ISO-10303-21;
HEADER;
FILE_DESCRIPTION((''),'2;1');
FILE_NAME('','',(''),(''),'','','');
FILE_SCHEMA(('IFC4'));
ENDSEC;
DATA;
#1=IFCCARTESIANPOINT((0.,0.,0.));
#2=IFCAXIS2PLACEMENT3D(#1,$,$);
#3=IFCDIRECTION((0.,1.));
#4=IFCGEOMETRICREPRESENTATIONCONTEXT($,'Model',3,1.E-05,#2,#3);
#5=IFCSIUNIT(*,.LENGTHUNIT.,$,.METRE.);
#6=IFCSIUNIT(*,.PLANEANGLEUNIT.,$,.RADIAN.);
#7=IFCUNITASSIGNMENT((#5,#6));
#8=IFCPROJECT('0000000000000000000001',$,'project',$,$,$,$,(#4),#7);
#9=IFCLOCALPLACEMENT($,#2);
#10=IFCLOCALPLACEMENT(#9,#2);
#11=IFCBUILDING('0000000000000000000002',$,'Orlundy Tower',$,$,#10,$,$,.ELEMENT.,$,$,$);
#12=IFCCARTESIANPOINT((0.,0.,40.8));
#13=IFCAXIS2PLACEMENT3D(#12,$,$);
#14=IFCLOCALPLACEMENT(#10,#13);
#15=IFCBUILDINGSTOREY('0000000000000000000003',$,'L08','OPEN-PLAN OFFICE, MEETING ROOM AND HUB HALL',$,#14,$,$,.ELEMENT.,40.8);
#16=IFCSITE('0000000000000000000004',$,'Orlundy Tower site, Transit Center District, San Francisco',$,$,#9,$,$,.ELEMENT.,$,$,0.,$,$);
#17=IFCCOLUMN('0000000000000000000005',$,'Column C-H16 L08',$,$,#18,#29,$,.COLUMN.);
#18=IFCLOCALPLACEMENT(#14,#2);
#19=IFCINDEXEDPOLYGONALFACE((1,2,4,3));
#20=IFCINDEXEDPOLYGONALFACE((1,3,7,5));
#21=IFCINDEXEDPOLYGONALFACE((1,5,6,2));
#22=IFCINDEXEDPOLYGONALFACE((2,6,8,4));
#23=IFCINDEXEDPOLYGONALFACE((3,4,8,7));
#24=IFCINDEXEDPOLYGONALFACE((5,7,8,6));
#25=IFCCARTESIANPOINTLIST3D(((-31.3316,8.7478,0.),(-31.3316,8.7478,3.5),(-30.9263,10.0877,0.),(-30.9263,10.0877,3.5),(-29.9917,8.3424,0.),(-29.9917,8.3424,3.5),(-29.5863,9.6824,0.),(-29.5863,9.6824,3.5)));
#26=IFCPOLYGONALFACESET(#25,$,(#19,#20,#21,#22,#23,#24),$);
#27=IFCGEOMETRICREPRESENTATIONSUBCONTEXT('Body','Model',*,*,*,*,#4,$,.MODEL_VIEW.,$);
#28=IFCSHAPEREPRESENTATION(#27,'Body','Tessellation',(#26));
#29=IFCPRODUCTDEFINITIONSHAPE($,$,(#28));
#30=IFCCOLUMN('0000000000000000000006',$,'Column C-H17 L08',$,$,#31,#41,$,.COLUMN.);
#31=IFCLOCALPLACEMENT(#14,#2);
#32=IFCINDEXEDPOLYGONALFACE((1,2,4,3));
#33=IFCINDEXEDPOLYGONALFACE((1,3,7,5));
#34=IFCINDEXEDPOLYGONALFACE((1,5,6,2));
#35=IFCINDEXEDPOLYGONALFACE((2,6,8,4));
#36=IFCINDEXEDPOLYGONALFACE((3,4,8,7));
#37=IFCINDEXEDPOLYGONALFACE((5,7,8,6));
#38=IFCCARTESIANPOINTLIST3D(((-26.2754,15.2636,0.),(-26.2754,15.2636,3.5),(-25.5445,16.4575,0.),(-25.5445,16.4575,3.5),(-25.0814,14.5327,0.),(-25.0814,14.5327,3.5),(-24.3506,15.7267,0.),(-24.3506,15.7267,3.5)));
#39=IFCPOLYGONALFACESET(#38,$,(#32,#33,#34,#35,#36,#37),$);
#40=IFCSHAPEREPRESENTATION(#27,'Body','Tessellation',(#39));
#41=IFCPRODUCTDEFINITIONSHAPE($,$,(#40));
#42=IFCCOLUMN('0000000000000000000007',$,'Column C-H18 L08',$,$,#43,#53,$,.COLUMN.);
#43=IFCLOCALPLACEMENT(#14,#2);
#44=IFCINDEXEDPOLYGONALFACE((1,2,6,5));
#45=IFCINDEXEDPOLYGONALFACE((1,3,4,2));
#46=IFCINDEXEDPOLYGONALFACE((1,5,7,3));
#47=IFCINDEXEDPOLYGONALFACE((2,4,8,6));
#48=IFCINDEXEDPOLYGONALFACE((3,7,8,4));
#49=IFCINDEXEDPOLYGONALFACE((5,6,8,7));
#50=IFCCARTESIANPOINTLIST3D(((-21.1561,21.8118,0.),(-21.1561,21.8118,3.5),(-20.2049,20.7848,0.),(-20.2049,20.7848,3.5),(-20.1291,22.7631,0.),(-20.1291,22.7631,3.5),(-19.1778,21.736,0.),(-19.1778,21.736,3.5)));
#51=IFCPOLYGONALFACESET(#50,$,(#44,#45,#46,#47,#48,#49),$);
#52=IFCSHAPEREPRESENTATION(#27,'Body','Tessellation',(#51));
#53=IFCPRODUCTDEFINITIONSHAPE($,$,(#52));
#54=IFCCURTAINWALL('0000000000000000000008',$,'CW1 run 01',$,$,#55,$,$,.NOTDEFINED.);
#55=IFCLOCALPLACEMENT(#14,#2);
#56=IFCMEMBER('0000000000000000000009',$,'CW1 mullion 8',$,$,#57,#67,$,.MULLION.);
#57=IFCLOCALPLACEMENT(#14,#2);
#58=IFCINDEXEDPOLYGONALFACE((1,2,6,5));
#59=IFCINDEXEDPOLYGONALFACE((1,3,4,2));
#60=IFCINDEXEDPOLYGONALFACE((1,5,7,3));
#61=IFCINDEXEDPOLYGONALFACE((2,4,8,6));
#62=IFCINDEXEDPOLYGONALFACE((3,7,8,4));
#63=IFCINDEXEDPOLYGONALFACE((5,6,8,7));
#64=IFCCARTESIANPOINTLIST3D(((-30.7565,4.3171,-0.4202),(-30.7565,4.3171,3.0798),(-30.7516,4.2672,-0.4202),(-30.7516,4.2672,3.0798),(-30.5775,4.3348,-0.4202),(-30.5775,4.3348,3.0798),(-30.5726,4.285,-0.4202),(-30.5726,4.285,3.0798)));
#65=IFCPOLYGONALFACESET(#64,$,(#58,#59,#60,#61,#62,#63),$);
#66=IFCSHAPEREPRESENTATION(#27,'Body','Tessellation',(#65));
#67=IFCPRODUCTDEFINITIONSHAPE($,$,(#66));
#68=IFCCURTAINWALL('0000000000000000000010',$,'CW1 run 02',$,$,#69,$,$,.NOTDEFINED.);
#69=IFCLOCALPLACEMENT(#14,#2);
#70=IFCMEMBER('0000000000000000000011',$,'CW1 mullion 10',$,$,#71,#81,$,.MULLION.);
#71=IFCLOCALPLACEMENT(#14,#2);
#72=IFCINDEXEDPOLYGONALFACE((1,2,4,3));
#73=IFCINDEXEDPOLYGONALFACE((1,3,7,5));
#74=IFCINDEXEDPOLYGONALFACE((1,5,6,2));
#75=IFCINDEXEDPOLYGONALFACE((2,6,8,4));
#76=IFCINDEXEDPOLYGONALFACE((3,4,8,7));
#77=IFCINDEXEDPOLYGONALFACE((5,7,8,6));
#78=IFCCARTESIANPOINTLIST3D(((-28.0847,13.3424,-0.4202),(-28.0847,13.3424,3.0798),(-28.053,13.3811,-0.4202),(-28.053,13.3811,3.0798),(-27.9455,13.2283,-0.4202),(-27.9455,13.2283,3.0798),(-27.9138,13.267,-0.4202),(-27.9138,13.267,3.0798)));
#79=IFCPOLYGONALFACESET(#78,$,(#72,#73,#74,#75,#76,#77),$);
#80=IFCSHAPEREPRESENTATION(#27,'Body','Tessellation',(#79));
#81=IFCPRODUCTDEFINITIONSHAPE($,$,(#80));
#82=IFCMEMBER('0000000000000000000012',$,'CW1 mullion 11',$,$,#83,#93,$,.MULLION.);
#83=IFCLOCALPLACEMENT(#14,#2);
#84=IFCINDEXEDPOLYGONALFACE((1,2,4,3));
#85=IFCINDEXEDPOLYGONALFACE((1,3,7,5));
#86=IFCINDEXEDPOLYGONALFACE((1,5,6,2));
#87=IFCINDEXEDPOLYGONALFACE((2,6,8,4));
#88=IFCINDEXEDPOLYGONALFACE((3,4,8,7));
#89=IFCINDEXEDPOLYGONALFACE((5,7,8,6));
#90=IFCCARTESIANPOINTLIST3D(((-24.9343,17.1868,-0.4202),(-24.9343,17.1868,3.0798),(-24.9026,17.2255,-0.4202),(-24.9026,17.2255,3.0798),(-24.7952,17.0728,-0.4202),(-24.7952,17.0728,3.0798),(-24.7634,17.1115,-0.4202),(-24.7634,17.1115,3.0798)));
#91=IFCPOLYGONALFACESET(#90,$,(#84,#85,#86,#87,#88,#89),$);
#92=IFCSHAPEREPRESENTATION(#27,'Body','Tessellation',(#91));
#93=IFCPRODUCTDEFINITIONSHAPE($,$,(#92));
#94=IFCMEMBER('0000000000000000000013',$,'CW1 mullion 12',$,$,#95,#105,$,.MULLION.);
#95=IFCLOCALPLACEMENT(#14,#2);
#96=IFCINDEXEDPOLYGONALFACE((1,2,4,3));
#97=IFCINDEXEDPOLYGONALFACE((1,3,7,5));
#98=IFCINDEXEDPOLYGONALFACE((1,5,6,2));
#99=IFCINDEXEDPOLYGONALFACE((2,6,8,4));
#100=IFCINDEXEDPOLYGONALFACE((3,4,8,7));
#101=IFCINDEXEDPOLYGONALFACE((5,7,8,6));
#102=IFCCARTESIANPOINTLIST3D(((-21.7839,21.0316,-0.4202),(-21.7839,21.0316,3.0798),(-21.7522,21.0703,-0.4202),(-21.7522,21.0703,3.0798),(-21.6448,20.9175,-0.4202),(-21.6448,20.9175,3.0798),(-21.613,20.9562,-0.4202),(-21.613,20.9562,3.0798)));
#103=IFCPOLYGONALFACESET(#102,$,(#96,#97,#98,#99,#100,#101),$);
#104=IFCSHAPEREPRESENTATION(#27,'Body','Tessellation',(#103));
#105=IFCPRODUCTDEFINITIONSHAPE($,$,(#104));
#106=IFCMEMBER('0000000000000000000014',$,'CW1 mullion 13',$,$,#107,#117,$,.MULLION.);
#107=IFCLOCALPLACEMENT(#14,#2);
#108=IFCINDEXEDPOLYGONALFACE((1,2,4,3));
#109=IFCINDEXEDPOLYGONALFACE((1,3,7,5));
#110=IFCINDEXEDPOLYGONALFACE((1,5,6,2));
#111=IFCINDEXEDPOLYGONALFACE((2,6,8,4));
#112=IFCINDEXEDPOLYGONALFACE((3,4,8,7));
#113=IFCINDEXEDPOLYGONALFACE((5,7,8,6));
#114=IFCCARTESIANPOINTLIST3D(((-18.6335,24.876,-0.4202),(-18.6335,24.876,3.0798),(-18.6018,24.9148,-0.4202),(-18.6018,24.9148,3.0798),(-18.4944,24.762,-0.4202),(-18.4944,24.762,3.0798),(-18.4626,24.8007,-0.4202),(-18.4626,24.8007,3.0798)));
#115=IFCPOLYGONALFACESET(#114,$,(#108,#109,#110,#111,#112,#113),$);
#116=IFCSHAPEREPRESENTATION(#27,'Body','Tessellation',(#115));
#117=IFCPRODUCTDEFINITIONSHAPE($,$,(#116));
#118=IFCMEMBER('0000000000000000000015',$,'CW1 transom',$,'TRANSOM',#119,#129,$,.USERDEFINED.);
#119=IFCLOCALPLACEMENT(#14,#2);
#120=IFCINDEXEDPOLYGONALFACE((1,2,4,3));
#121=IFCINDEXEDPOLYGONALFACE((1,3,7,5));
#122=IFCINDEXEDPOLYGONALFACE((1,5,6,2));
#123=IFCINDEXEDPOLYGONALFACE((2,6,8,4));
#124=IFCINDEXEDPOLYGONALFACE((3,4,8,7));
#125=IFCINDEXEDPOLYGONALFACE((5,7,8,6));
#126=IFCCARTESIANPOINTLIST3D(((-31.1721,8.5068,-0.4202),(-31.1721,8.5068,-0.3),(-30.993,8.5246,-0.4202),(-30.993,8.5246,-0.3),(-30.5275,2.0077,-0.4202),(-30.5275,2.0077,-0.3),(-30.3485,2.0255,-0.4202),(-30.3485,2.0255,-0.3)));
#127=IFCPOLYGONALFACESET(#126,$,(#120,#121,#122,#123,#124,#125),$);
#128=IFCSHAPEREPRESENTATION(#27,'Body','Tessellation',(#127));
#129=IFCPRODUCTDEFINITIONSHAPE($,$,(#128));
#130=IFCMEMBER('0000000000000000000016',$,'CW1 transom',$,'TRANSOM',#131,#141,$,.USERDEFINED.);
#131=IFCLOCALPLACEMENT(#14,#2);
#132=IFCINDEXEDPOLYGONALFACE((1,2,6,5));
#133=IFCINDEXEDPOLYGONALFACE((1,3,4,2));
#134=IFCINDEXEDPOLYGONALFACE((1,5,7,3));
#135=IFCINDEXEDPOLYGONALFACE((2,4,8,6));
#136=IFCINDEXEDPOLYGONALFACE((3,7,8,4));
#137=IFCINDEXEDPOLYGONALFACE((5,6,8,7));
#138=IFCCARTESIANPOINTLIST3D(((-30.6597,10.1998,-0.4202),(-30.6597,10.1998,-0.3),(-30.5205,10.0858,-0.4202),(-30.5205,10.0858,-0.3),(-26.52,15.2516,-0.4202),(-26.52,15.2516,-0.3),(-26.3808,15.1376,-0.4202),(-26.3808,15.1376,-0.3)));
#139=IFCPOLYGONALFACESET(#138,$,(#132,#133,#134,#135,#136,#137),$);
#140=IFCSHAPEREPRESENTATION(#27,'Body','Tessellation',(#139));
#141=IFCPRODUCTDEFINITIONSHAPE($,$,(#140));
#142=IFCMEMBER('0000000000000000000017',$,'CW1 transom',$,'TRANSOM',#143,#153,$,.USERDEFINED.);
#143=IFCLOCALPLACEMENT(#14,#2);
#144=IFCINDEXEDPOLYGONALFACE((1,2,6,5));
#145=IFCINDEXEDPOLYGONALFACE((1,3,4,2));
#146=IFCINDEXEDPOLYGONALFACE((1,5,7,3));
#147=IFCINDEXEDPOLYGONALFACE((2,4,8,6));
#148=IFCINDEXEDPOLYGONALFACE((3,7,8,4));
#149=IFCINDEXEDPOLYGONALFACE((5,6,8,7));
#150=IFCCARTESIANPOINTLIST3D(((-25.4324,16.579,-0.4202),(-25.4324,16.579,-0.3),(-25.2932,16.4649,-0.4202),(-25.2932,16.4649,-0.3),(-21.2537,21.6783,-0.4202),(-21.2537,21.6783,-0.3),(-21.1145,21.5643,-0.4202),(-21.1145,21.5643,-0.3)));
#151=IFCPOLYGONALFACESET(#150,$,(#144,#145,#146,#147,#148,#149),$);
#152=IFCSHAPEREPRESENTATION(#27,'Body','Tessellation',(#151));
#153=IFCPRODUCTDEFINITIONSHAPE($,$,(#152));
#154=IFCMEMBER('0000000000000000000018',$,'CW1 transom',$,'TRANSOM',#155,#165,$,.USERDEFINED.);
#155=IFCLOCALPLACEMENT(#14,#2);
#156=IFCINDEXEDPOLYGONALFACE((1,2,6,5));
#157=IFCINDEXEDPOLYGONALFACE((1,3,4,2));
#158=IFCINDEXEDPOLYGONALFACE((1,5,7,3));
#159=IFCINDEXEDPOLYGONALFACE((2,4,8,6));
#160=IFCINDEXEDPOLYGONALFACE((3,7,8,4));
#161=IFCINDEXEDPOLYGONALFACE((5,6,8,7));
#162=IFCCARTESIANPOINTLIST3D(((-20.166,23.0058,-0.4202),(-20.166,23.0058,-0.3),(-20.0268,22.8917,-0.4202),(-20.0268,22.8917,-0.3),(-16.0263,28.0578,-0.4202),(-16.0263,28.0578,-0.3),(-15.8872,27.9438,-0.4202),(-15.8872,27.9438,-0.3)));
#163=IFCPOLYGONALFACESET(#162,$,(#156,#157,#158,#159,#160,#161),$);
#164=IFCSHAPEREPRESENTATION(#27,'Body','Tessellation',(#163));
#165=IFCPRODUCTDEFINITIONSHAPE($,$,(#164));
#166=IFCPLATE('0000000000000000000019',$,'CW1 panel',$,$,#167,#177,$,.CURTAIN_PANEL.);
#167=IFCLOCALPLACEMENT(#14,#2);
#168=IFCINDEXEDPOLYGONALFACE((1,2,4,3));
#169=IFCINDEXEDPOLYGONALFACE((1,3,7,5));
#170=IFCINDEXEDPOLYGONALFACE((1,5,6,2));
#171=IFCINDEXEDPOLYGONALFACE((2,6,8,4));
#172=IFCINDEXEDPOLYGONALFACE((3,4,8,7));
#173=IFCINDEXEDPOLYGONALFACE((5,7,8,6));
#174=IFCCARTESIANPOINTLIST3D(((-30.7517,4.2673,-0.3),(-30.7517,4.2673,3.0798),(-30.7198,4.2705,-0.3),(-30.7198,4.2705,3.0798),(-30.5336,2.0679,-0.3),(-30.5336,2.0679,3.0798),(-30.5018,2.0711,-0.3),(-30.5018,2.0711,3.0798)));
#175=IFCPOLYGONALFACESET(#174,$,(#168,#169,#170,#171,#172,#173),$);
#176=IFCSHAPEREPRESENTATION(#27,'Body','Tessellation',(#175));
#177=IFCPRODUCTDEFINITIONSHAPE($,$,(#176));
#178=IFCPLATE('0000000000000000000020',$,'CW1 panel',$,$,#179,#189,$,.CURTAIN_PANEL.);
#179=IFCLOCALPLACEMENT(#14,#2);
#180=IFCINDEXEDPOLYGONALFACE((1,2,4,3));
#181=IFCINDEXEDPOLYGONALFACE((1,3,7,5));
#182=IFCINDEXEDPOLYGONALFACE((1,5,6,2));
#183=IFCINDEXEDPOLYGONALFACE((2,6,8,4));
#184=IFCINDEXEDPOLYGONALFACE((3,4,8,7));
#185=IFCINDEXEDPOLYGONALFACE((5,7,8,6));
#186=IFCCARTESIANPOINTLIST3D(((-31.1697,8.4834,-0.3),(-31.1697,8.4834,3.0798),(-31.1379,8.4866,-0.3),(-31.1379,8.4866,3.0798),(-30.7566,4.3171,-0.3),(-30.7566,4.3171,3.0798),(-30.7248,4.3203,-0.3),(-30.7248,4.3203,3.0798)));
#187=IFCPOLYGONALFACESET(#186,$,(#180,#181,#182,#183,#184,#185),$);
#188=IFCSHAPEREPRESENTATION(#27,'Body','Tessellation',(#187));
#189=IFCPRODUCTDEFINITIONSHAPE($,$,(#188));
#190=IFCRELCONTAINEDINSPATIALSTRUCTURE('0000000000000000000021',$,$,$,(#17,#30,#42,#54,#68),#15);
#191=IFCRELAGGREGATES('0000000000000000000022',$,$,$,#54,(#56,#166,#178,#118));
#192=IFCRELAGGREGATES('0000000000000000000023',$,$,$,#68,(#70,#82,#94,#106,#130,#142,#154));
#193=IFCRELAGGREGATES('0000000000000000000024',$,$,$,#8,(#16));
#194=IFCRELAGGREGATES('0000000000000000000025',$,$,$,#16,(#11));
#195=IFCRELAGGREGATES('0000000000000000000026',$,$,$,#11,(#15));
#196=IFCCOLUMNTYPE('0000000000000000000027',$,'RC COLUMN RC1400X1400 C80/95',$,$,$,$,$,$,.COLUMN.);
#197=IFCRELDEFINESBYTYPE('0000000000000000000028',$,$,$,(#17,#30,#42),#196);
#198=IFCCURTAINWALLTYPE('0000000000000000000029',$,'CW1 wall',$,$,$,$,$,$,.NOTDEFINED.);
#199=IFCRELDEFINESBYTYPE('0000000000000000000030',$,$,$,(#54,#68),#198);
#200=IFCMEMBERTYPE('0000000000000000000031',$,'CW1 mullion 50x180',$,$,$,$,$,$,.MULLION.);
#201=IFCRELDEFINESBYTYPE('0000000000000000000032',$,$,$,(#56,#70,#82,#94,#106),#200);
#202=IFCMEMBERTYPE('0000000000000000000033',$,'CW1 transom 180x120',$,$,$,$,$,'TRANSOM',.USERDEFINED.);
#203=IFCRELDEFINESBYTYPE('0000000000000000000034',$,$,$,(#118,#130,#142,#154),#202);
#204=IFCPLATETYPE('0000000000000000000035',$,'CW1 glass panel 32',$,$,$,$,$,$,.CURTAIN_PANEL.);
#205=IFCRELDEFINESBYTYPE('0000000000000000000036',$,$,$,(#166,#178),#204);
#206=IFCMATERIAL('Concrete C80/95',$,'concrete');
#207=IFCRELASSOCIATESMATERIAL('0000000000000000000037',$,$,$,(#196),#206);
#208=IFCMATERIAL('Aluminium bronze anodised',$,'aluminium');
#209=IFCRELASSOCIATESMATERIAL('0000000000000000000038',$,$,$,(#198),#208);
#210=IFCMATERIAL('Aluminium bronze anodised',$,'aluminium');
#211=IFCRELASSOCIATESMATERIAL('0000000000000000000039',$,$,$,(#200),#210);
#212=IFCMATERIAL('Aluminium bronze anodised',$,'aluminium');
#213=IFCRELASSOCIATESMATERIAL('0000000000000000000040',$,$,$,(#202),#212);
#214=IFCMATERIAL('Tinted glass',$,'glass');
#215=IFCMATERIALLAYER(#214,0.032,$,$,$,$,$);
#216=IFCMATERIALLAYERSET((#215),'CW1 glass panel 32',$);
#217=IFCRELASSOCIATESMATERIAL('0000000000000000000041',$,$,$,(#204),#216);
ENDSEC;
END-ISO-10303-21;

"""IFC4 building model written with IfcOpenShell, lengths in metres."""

from ifc_helpers import new_model, si_unit, direction, frame, origin, origin_2d, place, context, subcontext, project, spatial, rectangle, extrude, material, layer, layer_set, material_profile, profile_set, type_object, element, aggregate, save


model = new_model("IFC4")

# Units and contexts
model_context = context("Model", 3, precision=1e-05, world=origin(), true_north=direction((0.0, 1.0)))
body_context = subcontext(model_context, "Body", "Model", "MODEL_VIEW")
ifc_project = project(units=[si_unit("LENGTHUNIT", "METRE"), si_unit("PLANEANGLEUNIT", "RADIAN")], contexts=[model_context])

# Site, building, storey
site_placement = place(None, origin())
site = spatial("IfcSite", under=ifc_project, at=site_placement, Name="Orlundy Tower site, Transit Center District, San Francisco", CompositionType="ELEMENT", RefElevation=0.0)
building_placement = place(site_placement, origin())
building = spatial("IfcBuilding", under=site, at=building_placement, Name="Orlundy Tower", CompositionType="ELEMENT")
storey_placement = place(building_placement, frame((0.0, 0.0, 40.8)))
storey = spatial("IfcBuildingStorey", under=building, at=storey_placement, Name="L08", Description="OPEN-PLAN OFFICE, MEETING ROOM AND HUB HALL", CompositionType="ELEMENT", Elevation=40.8)

# Columns
ifc_material_1 = material(Name="Concrete C80/95", Category="concrete")
ifc_material_profile_1 = material_profile(ifc_material_1, rectangle(XDim=1.3999, YDim=1.3999, at=origin_2d()), Name="RC1400X1400")
ifc_profile_set_1 = profile_set([ifc_material_profile_1], Name="Concrete C80/95")
column_type = type_object("IfcColumnType", Name="RC COLUMN RC1400X1400 C80/95", PredefinedType="COLUMN", material=ifc_profile_set_1)
for number, where, z_axis, x_axis, name in (
    (1, (-30.459, 9.2151, 0.0), (0.0, 0.0, 1.0), (-0.957153, 0.289583, 0.0), "Column C-H16 L08"),
    (2, (-25.313, 15.4951, 0.0), (0.0, 0.0, 1.0), (-0.852895, 0.522082, 0.0), "Column C-H17 L08"),
    (3, (-20.167, 21.7739, 0.0), (0.0, 0.0, 1.0), (-0.679518, 0.733659, 0.0), "Column C-H18 L08"),
):
    element("IfcColumn", number, at=place(storey_placement, frame(where, z_axis=z_axis, x_axis=x_axis)), inside=storey, type_object=column_type, Name=name, PredefinedType="COLUMN", context=body_context, shape_type="SweptSolid", body=[
        extrude(rectangle(XDim=1.3999, YDim=1.3999, at=origin_2d()), origin(), (0.0, 0.0, 1.0), 3.5),
    ])

# Curtain wall, member
ifc_material_2 = material(Name="Aluminium bronze anodised", Category="aluminium")
curtain_wall_type = type_object("IfcCurtainWallType", Name="CW1 wall", PredefinedType="NOTDEFINED", material=ifc_material_2)
curtain_wall_1_placement = place(storey_placement, origin())
curtain_wall_1 = element("IfcCurtainWall", 4, at=curtain_wall_1_placement, inside=storey, type_object=curtain_wall_type, Name="CW1 run 01", PredefinedType="NOTDEFINED")
ifc_material_3 = material(Name="Aluminium bronze anodised", Category="aluminium")
ifc_material_profile_2 = material_profile(ifc_material_3, rectangle(XDim=0.1799, YDim=0.05, at=origin_2d()), Name="CW1 mullion 50x180")
ifc_profile_set_2 = profile_set([ifc_material_profile_2], Name="Aluminium bronze anodised")
member_type_1 = type_object("IfcMemberType", Name="CW1 mullion 50x180", PredefinedType="MULLION", material=ifc_profile_set_2)
member_1_placement = place(storey_placement, frame((-30.6646, 4.301, -0.4202), z_axis=(0.0, 0.0, 1.0), x_axis=(-0.99512, -0.098672, 0.0)))
member_1 = element("IfcMember", 5, at=member_1_placement, type_object=member_type_1, Name="CW1 mullion 8", PredefinedType="MULLION", context=body_context, shape_type="SweptSolid", body=[
    extrude(rectangle(XDim=0.1799, YDim=0.05, at=origin_2d()), origin(), (0.0, 0.0, 1.0), 3.5),
])

# Curtain wall, members
curtain_wall_2_placement = place(storey_placement, origin())
curtain_wall_2 = element("IfcCurtainWall", 6, at=curtain_wall_2_placement, inside=storey, type_object=curtain_wall_type, Name="CW1 run 02", PredefinedType="NOTDEFINED")
member_2_placement = place(storey_placement, frame((-27.9993, 13.3047, -0.4202), z_axis=(0.0, 0.0, 1.0), x_axis=(-0.773482, 0.633818, 0.0)))
member_2 = element("IfcMember", 7, at=member_2_placement, type_object=member_type_1, Name="CW1 mullion 10", PredefinedType="MULLION", context=body_context, shape_type="SweptSolid", body=[
    extrude(rectangle(XDim=0.1799, YDim=0.05, at=origin_2d()), origin(), (0.0, 0.0, 1.0), 3.5),
])
member_3_placement = place(storey_placement, frame((-24.8489, 17.1492, -0.4202), z_axis=(0.0, 0.0, 1.0), x_axis=(-0.773482, 0.633818, 0.0)))
member_3 = element("IfcMember", 8, at=member_3_placement, type_object=member_type_1, Name="CW1 mullion 11", PredefinedType="MULLION", context=body_context, shape_type="SweptSolid", body=[
    extrude(rectangle(XDim=0.1799, YDim=0.05, at=origin_2d()), origin(), (0.0, 0.0, 1.0), 3.5),
])
member_4_placement = place(storey_placement, frame((-21.6985, 20.9939, -0.4202), z_axis=(0.0, 0.0, 1.0), x_axis=(-0.773482, 0.633818, 0.0)))
member_4 = element("IfcMember", 9, at=member_4_placement, type_object=member_type_1, Name="CW1 mullion 12", PredefinedType="MULLION", context=body_context, shape_type="SweptSolid", body=[
    extrude(rectangle(XDim=0.1799, YDim=0.05, at=origin_2d()), origin(), (0.0, 0.0, 1.0), 3.5),
])
member_5_placement = place(storey_placement, frame((-18.5481, 24.8384, -0.4202), z_axis=(0.0, 0.0, 1.0), x_axis=(-0.773482, 0.633818, 0.0)))
member_5 = element("IfcMember", 10, at=member_5_placement, type_object=member_type_1, Name="CW1 mullion 13", PredefinedType="MULLION", context=body_context, shape_type="SweptSolid", body=[
    extrude(rectangle(XDim=0.1799, YDim=0.05, at=origin_2d()), origin(), (0.0, 0.0, 1.0), 3.5),
])

# Members
ifc_material_4 = material(Name="Aluminium bronze anodised", Category="aluminium")
ifc_material_profile_3 = material_profile(ifc_material_4, rectangle(XDim=0.1799, YDim=0.1201, at=origin_2d()), Name="CW1 transom 180x120")
ifc_profile_set_3 = profile_set([ifc_material_profile_3], Name="Aluminium bronze anodised")
member_type_2 = type_object("IfcMemberType", Name="CW1 transom 180x120", ElementType="TRANSOM", PredefinedType="USERDEFINED", material=ifc_profile_set_3)
member_6_placement = place(storey_placement, frame((-30.438, 2.0166, -0.3601), z_axis=(-0.098689, 0.995118, 0.0), x_axis=(-0.995118, -0.098689, 0.0)))
member_6 = element("IfcMember", 11, at=member_6_placement, type_object=member_type_2, Name="CW1 transom", ObjectType="TRANSOM", PredefinedType="USERDEFINED", context=body_context, shape_type="SweptSolid", body=[
    extrude(rectangle(XDim=0.1799, YDim=0.1201, at=origin_2d()), origin(), (0.0, 0.0, 1.0), 6.531),
])
member_7_placement = place(storey_placement, frame((-30.5901, 10.1428, -0.3601), z_axis=(0.633824, 0.773477, 0.0), x_axis=(-0.773477, 0.633824, 0.0)))
member_7 = element("IfcMember", 12, at=member_7_placement, type_object=member_type_2, Name="CW1 transom", ObjectType="TRANSOM", PredefinedType="USERDEFINED", context=body_context, shape_type="SweptSolid", body=[
    extrude(rectangle(XDim=0.1799, YDim=0.1201, at=origin_2d()), origin(), (0.0, 0.0, 1.0), 6.5312),
])
member_8_placement = place(storey_placement, frame((-25.3628, 16.522, -0.3601), z_axis=(0.633828, 0.773474, 0.0), x_axis=(-0.773474, 0.633828, 0.0)))
member_8 = element("IfcMember", 13, at=member_8_placement, type_object=member_type_2, Name="CW1 transom", ObjectType="TRANSOM", PredefinedType="USERDEFINED", context=body_context, shape_type="SweptSolid", body=[
    extrude(rectangle(XDim=0.1799, YDim=0.1201, at=origin_2d()), origin(), (0.0, 0.0, 1.0), 6.5928),
])
member_9_placement = place(storey_placement, frame((-20.0964, 22.9487, -0.3601), z_axis=(0.633806, 0.773492, 0.0), x_axis=(-0.773492, 0.633806, 0.0)))
member_9 = element("IfcMember", 14, at=member_9_placement, type_object=member_type_2, Name="CW1 transom", ObjectType="TRANSOM", PredefinedType="USERDEFINED", context=body_context, shape_type="SweptSolid", body=[
    extrude(rectangle(XDim=0.1799, YDim=0.1201, at=origin_2d()), origin(), (0.0, 0.0, 1.0), 6.5315),
])

# Plates
ifc_material_5 = material(Name="Tinted glass", Category="glass")
ifc_layer_1 = layer(ifc_material_5, 0.032)
ifc_layer_set_1 = layer_set([ifc_layer_1], Name="CW1 glass panel 32")
plate_type = type_object("IfcPlateType", Name="CW1 glass panel 32", PredefinedType="CURTAIN_PANEL", material=ifc_layer_set_1)
plate_1_placement = place(storey_placement, frame((-30.6267, 3.1692, -0.3), z_axis=(0.0, 0.0, 1.0), x_axis=(-0.098672, 0.99512, 0.0)))
plate_1 = element("IfcPlate", 15, at=plate_1_placement, type_object=plate_type, Name="CW1 panel", PredefinedType="CURTAIN_PANEL", context=body_context, shape_type="SweptSolid", body=[
    extrude(rectangle(XDim=2.2102, YDim=0.032, at=origin_2d()), origin(), (0.0, 0.0, 1.0), 3.3799),
])
plate_2_placement = place(storey_placement, frame((-30.9473, 6.4019, -0.3), z_axis=(0.0, 0.0, 1.0), x_axis=(-0.098672, 0.99512, 0.0)))
plate_2 = element("IfcPlate", 16, at=plate_2_placement, type_object=plate_type, Name="CW1 panel", PredefinedType="CURTAIN_PANEL", context=body_context, shape_type="SweptSolid", body=[
    extrude(rectangle(XDim=4.1868, YDim=0.032, at=origin_2d()), origin(), (0.0, 0.0, 1.0), 3.3799),
])
aggregate(curtain_wall_1, [member_1, plate_1, plate_2, member_6])
aggregate(curtain_wall_2, [member_2, member_3, member_4, member_5, member_7, member_8, member_9])

save(model, "model.ifc")
